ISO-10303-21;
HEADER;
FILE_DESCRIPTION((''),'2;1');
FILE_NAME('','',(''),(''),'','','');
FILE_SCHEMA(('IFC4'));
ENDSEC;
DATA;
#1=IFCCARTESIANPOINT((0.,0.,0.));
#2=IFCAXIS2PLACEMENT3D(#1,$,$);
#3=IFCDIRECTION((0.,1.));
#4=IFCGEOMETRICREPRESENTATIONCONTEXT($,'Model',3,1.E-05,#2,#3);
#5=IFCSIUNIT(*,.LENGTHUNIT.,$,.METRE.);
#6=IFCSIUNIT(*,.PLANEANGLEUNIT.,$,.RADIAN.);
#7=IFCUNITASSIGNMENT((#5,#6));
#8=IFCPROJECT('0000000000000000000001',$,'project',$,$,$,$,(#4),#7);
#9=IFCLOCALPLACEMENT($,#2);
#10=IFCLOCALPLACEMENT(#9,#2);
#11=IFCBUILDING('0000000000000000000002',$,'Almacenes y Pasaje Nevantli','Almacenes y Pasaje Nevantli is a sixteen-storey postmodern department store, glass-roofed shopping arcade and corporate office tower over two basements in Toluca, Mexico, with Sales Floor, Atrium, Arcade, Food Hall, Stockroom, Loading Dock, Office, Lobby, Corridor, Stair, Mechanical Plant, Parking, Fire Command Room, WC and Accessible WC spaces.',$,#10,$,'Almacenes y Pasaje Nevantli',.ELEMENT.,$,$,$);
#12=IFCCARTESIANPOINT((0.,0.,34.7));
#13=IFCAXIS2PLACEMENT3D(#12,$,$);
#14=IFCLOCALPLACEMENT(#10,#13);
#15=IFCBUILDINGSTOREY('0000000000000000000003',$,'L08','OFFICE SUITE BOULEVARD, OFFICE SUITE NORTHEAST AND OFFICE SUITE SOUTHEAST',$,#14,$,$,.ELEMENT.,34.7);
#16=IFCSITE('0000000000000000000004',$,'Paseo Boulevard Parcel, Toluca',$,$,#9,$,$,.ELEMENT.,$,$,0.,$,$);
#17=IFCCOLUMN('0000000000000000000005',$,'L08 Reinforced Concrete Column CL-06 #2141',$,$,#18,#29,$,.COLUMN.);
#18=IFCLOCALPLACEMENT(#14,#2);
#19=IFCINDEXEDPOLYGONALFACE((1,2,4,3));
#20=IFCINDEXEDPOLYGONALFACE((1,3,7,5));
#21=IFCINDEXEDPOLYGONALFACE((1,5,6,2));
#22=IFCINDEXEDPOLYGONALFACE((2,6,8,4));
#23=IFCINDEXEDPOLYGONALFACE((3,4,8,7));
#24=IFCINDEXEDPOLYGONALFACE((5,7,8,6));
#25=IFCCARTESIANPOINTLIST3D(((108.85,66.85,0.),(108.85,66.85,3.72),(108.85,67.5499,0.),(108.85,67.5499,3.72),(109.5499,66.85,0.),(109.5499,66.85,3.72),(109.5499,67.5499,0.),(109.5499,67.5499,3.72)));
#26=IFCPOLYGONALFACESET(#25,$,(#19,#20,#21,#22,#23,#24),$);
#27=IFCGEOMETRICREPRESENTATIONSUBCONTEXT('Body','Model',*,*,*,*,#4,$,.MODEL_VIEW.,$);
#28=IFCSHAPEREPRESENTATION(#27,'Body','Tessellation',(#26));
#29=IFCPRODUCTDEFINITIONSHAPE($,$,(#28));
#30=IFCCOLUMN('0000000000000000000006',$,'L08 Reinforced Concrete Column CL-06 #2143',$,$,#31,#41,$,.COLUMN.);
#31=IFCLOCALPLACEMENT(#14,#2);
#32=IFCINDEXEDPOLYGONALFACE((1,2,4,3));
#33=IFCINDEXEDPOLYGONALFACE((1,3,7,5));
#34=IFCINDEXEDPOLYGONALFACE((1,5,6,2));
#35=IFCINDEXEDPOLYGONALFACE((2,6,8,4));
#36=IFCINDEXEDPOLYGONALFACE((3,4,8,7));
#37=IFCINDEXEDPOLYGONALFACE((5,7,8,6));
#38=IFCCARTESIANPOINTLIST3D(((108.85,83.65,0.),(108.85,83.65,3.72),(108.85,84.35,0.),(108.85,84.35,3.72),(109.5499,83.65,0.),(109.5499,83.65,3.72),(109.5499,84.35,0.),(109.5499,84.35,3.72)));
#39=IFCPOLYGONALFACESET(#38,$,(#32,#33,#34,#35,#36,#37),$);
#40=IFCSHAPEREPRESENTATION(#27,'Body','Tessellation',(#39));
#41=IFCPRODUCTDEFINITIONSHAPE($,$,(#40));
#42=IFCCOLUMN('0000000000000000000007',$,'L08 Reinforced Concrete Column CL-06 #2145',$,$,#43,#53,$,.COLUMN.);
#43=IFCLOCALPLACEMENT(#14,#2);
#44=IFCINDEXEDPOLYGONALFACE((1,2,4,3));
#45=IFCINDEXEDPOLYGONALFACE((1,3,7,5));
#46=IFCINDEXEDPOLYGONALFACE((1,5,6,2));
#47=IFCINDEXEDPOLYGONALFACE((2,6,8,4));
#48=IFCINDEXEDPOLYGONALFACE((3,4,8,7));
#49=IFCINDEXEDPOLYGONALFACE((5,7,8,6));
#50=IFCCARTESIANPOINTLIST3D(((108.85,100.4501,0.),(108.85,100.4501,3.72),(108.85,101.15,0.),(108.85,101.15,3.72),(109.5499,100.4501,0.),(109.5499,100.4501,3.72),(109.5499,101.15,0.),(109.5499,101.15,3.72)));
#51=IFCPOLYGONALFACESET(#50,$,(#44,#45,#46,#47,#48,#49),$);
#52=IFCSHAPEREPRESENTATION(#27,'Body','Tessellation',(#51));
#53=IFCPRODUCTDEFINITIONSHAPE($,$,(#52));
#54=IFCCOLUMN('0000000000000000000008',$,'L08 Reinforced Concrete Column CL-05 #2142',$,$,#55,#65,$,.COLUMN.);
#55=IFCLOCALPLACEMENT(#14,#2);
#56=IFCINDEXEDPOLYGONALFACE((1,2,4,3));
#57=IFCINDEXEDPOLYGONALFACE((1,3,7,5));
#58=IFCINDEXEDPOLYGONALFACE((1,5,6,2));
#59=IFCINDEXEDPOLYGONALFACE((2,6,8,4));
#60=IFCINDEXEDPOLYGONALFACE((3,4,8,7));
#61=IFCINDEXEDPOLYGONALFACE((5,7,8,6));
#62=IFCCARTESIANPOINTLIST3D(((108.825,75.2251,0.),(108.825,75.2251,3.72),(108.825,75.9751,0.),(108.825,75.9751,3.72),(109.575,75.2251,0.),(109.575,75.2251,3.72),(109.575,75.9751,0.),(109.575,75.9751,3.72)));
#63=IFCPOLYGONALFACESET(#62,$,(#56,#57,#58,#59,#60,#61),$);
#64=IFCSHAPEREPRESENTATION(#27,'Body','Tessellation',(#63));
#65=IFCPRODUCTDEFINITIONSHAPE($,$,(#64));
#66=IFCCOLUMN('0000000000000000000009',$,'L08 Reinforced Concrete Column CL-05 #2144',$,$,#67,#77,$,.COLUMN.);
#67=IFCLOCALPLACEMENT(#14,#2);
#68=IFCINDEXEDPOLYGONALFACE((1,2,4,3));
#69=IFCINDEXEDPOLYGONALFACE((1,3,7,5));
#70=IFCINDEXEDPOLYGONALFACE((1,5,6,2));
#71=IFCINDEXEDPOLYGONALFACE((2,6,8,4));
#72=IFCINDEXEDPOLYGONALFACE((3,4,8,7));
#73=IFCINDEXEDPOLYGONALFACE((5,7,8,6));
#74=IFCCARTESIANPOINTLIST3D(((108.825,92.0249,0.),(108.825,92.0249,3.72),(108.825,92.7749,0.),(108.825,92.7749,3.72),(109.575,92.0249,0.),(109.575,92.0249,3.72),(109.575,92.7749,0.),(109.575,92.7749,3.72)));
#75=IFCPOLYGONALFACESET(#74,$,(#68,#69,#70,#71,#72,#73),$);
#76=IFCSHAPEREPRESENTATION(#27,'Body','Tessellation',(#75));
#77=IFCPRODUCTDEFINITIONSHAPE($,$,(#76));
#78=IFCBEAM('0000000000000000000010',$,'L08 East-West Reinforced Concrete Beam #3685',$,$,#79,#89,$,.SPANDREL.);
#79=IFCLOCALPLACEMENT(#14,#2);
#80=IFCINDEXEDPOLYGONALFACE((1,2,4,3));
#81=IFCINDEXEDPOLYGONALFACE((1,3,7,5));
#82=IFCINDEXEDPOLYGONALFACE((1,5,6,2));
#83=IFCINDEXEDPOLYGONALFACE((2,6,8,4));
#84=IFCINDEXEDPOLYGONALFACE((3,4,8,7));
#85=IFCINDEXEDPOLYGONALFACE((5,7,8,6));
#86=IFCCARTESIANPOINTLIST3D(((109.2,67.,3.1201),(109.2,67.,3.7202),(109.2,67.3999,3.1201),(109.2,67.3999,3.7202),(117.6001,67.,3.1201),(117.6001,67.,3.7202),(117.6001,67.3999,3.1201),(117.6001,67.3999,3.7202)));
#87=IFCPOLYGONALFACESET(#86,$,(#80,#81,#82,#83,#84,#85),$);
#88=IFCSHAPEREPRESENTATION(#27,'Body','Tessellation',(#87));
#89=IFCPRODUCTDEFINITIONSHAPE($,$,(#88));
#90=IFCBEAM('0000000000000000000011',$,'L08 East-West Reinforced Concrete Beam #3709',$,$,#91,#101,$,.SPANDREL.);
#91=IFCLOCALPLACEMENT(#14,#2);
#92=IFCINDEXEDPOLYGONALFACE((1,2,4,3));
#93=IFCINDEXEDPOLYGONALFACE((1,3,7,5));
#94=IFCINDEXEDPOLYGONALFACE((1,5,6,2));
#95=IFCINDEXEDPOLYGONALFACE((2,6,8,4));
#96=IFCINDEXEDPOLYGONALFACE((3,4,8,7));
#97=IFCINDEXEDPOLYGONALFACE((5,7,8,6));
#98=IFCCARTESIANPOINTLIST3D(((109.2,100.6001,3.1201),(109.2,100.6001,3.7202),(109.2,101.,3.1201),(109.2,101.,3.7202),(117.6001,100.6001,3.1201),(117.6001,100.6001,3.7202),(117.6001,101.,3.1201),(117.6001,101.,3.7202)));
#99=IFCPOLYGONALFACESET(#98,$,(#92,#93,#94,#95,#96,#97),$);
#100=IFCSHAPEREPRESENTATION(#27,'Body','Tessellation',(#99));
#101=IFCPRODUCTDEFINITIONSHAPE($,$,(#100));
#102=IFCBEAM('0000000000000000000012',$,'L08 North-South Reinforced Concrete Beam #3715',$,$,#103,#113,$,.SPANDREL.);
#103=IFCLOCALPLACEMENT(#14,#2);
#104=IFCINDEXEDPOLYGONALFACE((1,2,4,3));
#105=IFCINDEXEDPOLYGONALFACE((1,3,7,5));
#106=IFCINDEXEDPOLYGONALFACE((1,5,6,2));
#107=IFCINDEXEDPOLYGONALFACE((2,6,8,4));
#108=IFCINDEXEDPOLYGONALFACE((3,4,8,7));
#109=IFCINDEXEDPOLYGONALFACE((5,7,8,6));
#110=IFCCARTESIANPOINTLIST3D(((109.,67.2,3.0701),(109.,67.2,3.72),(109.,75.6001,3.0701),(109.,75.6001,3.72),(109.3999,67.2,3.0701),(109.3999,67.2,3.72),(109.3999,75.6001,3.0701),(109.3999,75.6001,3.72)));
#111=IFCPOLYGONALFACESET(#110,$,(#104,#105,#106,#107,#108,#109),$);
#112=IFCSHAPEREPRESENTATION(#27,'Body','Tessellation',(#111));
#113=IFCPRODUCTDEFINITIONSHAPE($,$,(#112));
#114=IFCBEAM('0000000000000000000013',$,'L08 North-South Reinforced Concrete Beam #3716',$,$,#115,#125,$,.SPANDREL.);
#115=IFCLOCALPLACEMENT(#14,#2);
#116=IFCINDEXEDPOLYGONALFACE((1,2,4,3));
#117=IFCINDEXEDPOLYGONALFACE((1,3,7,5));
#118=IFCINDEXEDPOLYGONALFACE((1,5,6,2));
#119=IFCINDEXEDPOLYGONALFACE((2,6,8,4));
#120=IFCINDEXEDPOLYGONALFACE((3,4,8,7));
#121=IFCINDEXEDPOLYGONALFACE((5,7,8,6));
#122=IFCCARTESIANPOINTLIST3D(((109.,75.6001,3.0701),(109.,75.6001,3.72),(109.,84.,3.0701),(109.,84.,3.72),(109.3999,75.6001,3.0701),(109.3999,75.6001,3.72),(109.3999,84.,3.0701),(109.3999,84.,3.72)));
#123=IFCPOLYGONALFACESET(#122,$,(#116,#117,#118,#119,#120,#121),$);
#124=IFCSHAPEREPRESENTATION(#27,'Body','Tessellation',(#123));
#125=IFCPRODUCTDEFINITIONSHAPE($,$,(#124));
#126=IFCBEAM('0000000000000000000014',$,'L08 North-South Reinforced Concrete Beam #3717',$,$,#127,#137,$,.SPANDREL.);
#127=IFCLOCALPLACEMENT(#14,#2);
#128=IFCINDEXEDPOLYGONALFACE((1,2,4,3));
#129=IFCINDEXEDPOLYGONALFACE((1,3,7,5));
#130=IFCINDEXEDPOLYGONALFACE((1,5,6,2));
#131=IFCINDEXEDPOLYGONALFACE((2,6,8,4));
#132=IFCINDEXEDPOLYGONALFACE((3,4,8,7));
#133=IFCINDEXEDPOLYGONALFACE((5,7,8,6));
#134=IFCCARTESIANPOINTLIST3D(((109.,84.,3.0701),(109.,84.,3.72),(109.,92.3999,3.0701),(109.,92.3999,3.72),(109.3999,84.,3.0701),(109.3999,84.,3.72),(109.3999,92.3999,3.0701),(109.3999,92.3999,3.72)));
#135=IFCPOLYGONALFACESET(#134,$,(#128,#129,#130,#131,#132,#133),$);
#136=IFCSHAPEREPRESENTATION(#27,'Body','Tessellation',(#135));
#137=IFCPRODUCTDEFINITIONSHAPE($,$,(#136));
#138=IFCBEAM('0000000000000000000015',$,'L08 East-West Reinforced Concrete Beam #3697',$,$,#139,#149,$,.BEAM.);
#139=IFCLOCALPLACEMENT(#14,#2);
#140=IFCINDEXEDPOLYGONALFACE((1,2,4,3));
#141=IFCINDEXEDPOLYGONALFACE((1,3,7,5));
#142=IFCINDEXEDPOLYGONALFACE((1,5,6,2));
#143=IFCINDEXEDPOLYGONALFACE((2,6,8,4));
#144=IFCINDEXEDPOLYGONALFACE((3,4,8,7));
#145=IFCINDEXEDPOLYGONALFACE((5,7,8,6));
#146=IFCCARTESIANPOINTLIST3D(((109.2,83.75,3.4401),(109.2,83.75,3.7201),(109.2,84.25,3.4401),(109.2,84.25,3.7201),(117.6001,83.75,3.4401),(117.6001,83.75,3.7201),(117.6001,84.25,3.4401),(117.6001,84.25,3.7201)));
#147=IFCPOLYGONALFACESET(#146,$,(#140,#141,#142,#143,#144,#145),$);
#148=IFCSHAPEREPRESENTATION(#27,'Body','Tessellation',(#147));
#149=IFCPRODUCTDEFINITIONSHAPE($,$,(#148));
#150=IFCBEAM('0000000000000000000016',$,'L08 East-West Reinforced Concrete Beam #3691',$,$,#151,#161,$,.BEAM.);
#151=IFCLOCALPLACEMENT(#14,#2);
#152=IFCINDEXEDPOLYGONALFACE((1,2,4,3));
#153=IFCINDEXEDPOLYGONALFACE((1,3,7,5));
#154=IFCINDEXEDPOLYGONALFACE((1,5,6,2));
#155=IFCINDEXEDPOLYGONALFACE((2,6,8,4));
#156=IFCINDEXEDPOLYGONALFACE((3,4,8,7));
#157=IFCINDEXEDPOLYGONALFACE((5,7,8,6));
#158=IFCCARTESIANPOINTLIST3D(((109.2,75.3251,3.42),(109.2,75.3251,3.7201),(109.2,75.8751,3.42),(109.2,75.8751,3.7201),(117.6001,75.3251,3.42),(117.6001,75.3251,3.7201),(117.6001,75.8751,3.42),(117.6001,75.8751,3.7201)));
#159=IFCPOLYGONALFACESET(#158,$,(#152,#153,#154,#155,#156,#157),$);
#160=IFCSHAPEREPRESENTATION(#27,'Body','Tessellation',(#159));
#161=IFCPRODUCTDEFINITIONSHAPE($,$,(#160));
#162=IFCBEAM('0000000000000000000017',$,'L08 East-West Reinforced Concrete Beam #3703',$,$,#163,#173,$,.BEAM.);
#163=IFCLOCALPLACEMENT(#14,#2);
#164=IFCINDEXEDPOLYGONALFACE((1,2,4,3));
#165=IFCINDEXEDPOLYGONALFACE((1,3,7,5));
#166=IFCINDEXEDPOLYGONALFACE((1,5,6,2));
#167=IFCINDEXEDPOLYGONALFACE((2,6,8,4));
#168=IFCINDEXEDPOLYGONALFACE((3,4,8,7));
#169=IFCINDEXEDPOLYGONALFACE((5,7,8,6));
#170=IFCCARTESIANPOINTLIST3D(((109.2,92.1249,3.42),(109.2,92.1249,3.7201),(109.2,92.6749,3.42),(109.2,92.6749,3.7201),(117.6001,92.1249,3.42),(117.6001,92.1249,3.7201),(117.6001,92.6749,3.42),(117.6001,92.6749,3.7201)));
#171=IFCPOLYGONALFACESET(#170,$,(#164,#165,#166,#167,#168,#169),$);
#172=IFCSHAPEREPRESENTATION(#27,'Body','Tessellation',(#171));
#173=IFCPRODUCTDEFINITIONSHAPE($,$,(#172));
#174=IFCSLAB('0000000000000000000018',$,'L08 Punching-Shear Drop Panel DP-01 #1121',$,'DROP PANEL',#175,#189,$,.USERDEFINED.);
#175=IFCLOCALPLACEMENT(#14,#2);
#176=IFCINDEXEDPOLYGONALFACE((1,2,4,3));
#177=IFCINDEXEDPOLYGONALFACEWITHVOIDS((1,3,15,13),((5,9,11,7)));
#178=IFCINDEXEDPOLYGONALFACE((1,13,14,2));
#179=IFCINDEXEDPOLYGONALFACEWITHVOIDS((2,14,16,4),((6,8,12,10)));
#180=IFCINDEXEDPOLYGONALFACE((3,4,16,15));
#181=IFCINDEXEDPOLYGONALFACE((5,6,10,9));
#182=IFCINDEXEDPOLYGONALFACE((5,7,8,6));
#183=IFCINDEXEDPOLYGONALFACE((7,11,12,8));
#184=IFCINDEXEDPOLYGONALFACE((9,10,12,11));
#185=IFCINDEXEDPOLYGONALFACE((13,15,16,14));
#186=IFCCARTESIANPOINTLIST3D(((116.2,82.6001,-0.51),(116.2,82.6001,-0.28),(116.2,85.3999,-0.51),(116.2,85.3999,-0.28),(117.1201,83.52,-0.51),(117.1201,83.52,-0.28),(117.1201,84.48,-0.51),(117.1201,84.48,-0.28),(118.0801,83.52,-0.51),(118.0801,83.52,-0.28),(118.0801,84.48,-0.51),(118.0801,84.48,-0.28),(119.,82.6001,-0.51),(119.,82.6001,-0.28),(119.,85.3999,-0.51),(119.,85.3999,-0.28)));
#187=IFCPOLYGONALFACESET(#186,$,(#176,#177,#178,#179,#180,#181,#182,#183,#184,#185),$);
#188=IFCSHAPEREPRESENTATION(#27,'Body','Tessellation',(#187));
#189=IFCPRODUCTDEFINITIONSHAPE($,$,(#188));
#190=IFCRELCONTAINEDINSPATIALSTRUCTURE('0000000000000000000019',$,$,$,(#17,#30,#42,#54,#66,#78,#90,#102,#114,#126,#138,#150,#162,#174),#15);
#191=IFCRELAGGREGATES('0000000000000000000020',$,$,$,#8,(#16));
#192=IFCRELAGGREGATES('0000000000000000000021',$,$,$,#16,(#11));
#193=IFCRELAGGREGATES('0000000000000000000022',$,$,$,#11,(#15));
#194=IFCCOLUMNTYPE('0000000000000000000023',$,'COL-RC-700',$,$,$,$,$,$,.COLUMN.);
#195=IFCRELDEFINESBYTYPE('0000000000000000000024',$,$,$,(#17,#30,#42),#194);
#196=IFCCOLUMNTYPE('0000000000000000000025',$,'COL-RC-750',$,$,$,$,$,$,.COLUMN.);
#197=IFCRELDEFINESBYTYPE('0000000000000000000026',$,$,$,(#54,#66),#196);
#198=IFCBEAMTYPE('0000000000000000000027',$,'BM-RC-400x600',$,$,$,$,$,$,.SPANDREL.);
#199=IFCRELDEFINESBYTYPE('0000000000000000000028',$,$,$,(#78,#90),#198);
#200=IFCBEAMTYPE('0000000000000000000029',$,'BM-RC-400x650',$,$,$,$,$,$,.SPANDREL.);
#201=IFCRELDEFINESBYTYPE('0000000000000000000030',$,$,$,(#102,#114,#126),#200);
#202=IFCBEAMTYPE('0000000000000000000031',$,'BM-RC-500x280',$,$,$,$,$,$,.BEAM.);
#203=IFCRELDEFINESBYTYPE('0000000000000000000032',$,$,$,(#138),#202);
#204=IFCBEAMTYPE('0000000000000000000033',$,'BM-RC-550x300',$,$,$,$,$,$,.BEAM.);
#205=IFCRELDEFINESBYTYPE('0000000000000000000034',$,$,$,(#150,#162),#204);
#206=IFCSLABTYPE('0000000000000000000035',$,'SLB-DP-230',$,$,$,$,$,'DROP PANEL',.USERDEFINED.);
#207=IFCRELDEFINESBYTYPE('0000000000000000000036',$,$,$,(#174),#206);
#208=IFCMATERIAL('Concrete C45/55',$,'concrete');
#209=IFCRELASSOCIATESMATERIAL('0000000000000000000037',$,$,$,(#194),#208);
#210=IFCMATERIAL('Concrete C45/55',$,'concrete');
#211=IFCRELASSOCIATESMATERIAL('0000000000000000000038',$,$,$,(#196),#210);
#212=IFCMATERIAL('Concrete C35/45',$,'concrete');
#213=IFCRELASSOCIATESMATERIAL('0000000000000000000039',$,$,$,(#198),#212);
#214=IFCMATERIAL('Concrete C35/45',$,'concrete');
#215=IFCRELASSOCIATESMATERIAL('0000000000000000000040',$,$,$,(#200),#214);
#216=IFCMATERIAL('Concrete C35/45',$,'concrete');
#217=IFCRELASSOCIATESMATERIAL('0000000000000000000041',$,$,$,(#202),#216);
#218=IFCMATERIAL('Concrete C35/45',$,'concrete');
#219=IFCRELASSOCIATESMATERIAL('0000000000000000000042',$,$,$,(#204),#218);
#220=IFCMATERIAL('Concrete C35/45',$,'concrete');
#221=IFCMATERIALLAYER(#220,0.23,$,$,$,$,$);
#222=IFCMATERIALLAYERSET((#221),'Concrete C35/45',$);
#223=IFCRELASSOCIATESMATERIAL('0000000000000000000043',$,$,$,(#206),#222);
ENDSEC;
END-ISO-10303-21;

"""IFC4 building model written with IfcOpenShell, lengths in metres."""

from ifc_helpers import new_model, si_unit, direction, frame, origin, origin_2d, place, context, subcontext, project, spatial, polyline, rectangle, outline, extrude, material, layer, layer_set, material_profile, profile_set, type_object, element, save


model = new_model("IFC4")

# Units and contexts
model_context = context("Model", 3, precision=1e-05, world=origin(), true_north=direction((0.0, 1.0)))
body_context = subcontext(model_context, "Body", "Model", "MODEL_VIEW")
ifc_project = project(units=[si_unit("LENGTHUNIT", "METRE"), si_unit("PLANEANGLEUNIT", "RADIAN")], contexts=[model_context])

# Site, building, storey
site_placement = place(None, origin())
site = spatial("IfcSite", under=ifc_project, at=site_placement, Name="Paseo Boulevard Parcel, Toluca", CompositionType="ELEMENT", RefElevation=0.0)
building_placement = place(site_placement, origin())
building = spatial("IfcBuilding", under=site, at=building_placement, Name="Almacenes y Pasaje Nevantli", Description="Almacenes y Pasaje Nevantli is a sixteen-storey postmodern department store, glass-roofed shopping arcade and corporate office tower over two basements in Toluca, Mexico, with Sales Floor, Atrium, Arcade, Food Hall, Stockroom, Loading Dock, Office, Lobby, Corridor, Stair, Mechanical Plant, Parking, Fire Command Room, WC and Accessible WC spaces.", LongName="Almacenes y Pasaje Nevantli", CompositionType="ELEMENT")
storey_placement = place(building_placement, frame((0.0, 0.0, 34.7)))
storey = spatial("IfcBuildingStorey", under=building, at=storey_placement, Name="L08", Description="OFFICE SUITE BOULEVARD, OFFICE SUITE NORTHEAST AND OFFICE SUITE SOUTHEAST", CompositionType="ELEMENT", Elevation=34.7)

# Columns
ifc_material_1 = material(Name="Concrete C45/55", Category="concrete")
ifc_material_profile_1 = material_profile(ifc_material_1, rectangle(XDim=0.7, YDim=0.7, at=origin_2d()), Name="RC-COL-700x700")
ifc_profile_set_1 = profile_set([ifc_material_profile_1], Name="Concrete C45/55")
column_type_1 = type_object("IfcColumnType", Name="COL-RC-700", PredefinedType="COLUMN", material=ifc_profile_set_1)
for number, where, z_axis, x_axis, name in (
    (1, (109.2, 67.2, 0.0), (0.0, 0.0, 1.0), (1.0, 0.0, 0.0), "L08 Reinforced Concrete Column CL-06 #2141"),
    (2, (109.2, 84.0, 0.0), (0.0, 0.0, 1.0), (1.0, 0.0, 0.0), "L08 Reinforced Concrete Column CL-06 #2143"),
    (3, (109.2, 100.8, 0.0), (0.0, 0.0, 1.0), (1.0, 0.0, 0.0), "L08 Reinforced Concrete Column CL-06 #2145"),
):
    element("IfcColumn", number, at=place(storey_placement, frame(where, z_axis=z_axis, x_axis=x_axis)), inside=storey, type_object=column_type_1, Name=name, PredefinedType="COLUMN", context=body_context, shape_type="SweptSolid", body=[
        extrude(rectangle(XDim=0.7, YDim=0.7, at=origin_2d()), origin(), (0.0, 0.0, 1.0), 3.72),
    ])
ifc_material_2 = material(Name="Concrete C45/55", Category="concrete")
ifc_material_profile_2 = material_profile(ifc_material_2, rectangle(XDim=0.75, YDim=0.75, at=origin_2d()), Name="RC-COL-750x750")
ifc_profile_set_2 = profile_set([ifc_material_profile_2], Name="Concrete C45/55")
column_type_2 = type_object("IfcColumnType", Name="COL-RC-750", PredefinedType="COLUMN", material=ifc_profile_set_2)
for number, where, z_axis, x_axis, name in (
    (4, (109.2, 75.6001, 0.0), (0.0, 0.0, 1.0), (1.0, 0.0, 0.0), "L08 Reinforced Concrete Column CL-05 #2142"),
    (5, (109.2, 92.3999, 0.0), (0.0, 0.0, 1.0), (1.0, 0.0, 0.0), "L08 Reinforced Concrete Column CL-05 #2144"),
):
    element("IfcColumn", number, at=place(storey_placement, frame(where, z_axis=z_axis, x_axis=x_axis)), inside=storey, type_object=column_type_2, Name=name, PredefinedType="COLUMN", context=body_context, shape_type="SweptSolid", body=[
        extrude(rectangle(XDim=0.75, YDim=0.75, at=origin_2d()), origin(), (0.0, 0.0, 1.0), 3.72),
    ])

# Beams
ifc_material_3 = material(Name="Concrete C35/45", Category="concrete")
ifc_material_profile_3 = material_profile(ifc_material_3, rectangle(XDim=0.3999, YDim=0.6001, at=origin_2d()), Name="RC-BM-400x600")
ifc_profile_set_3 = profile_set([ifc_material_profile_3], Name="Concrete C35/45")
beam_type_1 = type_object("IfcBeamType", Name="BM-RC-400x600", PredefinedType="SPANDREL", material=ifc_profile_set_3)
for number, where, z_axis, x_axis, name in (
    (6, (109.2, 67.2, 3.4202), (1.0, 0.0, 0.0), (0.0, 1.0, 0.0), "L08 East-West Reinforced Concrete Beam #3685"),
    (7, (109.2, 100.8, 3.4202), (1.0, 0.0, 0.0), (0.0, 1.0, 0.0), "L08 East-West Reinforced Concrete Beam #3709"),
):
    element("IfcBeam", number, at=place(storey_placement, frame(where, z_axis=z_axis, x_axis=x_axis)), inside=storey, type_object=beam_type_1, Name=name, PredefinedType="SPANDREL", context=body_context, shape_type="SweptSolid", body=[
        extrude(rectangle(XDim=0.3999, YDim=0.6001, at=origin_2d()), origin(), (0.0, 0.0, 1.0), 8.4001),
    ])
ifc_material_4 = material(Name="Concrete C35/45", Category="concrete")
ifc_material_profile_4 = material_profile(ifc_material_4, rectangle(XDim=0.3999, YDim=0.6499, at=origin_2d()), Name="RC-BM-400x650")
ifc_profile_set_4 = profile_set([ifc_material_profile_4], Name="Concrete C35/45")
beam_type_2 = type_object("IfcBeamType", Name="BM-RC-400x650", PredefinedType="SPANDREL", material=ifc_profile_set_4)
beam_1_placement = place(storey_placement, frame((109.2, 67.2, 3.395), z_axis=(0.0, 1.0, 0.0), x_axis=(-1.0, 0.0, 0.0)))
element("IfcBeam", 8, at=beam_1_placement, inside=storey, type_object=beam_type_2, Name="L08 North-South Reinforced Concrete Beam #3715", PredefinedType="SPANDREL", context=body_context, shape_type="SweptSolid", body=[
    extrude(rectangle(XDim=0.3999, YDim=0.6499, at=origin_2d()), origin(), (0.0, 0.0, 1.0), 8.4001),
])
for number, where, z_axis, x_axis, name in (
    (9, (109.2, 75.6001, 3.395), (0.0, 1.0, 0.0), (-1.0, 0.0, 0.0), "L08 North-South Reinforced Concrete Beam #3716"),
    (10, (109.2, 84.0, 3.395), (0.0, 1.0, 0.0), (-1.0, 0.0, 0.0), "L08 North-South Reinforced Concrete Beam #3717"),
):
    element("IfcBeam", number, at=place(storey_placement, frame(where, z_axis=z_axis, x_axis=x_axis)), inside=storey, type_object=beam_type_2, Name=name, PredefinedType="SPANDREL", context=body_context, shape_type="SweptSolid", body=[
        extrude(rectangle(XDim=0.3999, YDim=0.6499, at=origin_2d()), origin(), (0.0, 0.0, 1.0), 8.3999),
    ])
ifc_material_5 = material(Name="Concrete C35/45", Category="concrete")
ifc_material_profile_5 = material_profile(ifc_material_5, rectangle(XDim=0.5, YDim=0.28, at=origin_2d()), Name="RC-BM-500x280")
ifc_profile_set_5 = profile_set([ifc_material_profile_5], Name="Concrete C35/45")
beam_type_3 = type_object("IfcBeamType", Name="BM-RC-500x280", PredefinedType="BEAM", material=ifc_profile_set_5)
beam_2_placement = place(storey_placement, frame((109.2, 84.0, 3.5801), z_axis=(1.0, 0.0, 0.0), x_axis=(0.0, 1.0, 0.0)))
element("IfcBeam", 11, at=beam_2_placement, inside=storey, type_object=beam_type_3, Name="L08 East-West Reinforced Concrete Beam #3697", PredefinedType="BEAM", context=body_context, shape_type="SweptSolid", body=[
    extrude(rectangle(XDim=0.5, YDim=0.28, at=origin_2d()), origin(), (0.0, 0.0, 1.0), 8.4001),
])
ifc_material_6 = material(Name="Concrete C35/45", Category="concrete")
ifc_material_profile_6 = material_profile(ifc_material_6, rectangle(XDim=0.55, YDim=0.3, at=origin_2d()), Name="RC-BM-550x300")
ifc_profile_set_6 = profile_set([ifc_material_profile_6], Name="Concrete C35/45")
beam_type_4 = type_object("IfcBeamType", Name="BM-RC-550x300", PredefinedType="BEAM", material=ifc_profile_set_6)
for number, where, z_axis, x_axis, name in (
    (12, (109.2, 75.6001, 3.5701), (1.0, 0.0, 0.0), (0.0, 1.0, 0.0), "L08 East-West Reinforced Concrete Beam #3691"),
    (13, (109.2, 92.3999, 3.5701), (1.0, 0.0, 0.0), (0.0, 1.0, 0.0), "L08 East-West Reinforced Concrete Beam #3703"),
):
    element("IfcBeam", number, at=place(storey_placement, frame(where, z_axis=z_axis, x_axis=x_axis)), inside=storey, type_object=beam_type_4, Name=name, PredefinedType="BEAM", context=body_context, shape_type="SweptSolid", body=[
        extrude(rectangle(XDim=0.55, YDim=0.3, at=origin_2d()), origin(), (0.0, 0.0, 1.0), 8.4001),
    ])

# Slab
ifc_material_7 = material(Name="Concrete C35/45", Category="concrete")
ifc_layer_1 = layer(ifc_material_7, 0.23)
ifc_layer_set_1 = layer_set([ifc_layer_1], Name="Concrete C35/45")
slab_type_1 = type_object("IfcSlabType", Name="SLB-DP-230", ElementType="DROP PANEL", PredefinedType="USERDEFINED", material=ifc_layer_set_1)
slab_1_placement = place(storey_placement, frame((0.0, 0.0, -0.51)))
element("IfcSlab", 14, at=slab_1_placement, inside=storey, type_object=slab_type_1, Name="L08 Punching-Shear Drop Panel DP-01 #1121", ObjectType="DROP PANEL", PredefinedType="USERDEFINED", context=body_context, shape_type="SweptSolid", body=[
    extrude(outline(polyline([(116.2, 82.6001), (119.0, 82.6001), (119.0, 85.3999), (116.2, 85.3999), (116.2, 82.6001)]), holes=[polyline([(117.1201, 83.52), (118.0801, 83.52), (118.0801, 84.48), (117.1201, 84.48), (117.1201, 83.52)])]), origin(), (0.0, 0.0, 1.0), 0.23),
])

save(model, "model.ifc")
